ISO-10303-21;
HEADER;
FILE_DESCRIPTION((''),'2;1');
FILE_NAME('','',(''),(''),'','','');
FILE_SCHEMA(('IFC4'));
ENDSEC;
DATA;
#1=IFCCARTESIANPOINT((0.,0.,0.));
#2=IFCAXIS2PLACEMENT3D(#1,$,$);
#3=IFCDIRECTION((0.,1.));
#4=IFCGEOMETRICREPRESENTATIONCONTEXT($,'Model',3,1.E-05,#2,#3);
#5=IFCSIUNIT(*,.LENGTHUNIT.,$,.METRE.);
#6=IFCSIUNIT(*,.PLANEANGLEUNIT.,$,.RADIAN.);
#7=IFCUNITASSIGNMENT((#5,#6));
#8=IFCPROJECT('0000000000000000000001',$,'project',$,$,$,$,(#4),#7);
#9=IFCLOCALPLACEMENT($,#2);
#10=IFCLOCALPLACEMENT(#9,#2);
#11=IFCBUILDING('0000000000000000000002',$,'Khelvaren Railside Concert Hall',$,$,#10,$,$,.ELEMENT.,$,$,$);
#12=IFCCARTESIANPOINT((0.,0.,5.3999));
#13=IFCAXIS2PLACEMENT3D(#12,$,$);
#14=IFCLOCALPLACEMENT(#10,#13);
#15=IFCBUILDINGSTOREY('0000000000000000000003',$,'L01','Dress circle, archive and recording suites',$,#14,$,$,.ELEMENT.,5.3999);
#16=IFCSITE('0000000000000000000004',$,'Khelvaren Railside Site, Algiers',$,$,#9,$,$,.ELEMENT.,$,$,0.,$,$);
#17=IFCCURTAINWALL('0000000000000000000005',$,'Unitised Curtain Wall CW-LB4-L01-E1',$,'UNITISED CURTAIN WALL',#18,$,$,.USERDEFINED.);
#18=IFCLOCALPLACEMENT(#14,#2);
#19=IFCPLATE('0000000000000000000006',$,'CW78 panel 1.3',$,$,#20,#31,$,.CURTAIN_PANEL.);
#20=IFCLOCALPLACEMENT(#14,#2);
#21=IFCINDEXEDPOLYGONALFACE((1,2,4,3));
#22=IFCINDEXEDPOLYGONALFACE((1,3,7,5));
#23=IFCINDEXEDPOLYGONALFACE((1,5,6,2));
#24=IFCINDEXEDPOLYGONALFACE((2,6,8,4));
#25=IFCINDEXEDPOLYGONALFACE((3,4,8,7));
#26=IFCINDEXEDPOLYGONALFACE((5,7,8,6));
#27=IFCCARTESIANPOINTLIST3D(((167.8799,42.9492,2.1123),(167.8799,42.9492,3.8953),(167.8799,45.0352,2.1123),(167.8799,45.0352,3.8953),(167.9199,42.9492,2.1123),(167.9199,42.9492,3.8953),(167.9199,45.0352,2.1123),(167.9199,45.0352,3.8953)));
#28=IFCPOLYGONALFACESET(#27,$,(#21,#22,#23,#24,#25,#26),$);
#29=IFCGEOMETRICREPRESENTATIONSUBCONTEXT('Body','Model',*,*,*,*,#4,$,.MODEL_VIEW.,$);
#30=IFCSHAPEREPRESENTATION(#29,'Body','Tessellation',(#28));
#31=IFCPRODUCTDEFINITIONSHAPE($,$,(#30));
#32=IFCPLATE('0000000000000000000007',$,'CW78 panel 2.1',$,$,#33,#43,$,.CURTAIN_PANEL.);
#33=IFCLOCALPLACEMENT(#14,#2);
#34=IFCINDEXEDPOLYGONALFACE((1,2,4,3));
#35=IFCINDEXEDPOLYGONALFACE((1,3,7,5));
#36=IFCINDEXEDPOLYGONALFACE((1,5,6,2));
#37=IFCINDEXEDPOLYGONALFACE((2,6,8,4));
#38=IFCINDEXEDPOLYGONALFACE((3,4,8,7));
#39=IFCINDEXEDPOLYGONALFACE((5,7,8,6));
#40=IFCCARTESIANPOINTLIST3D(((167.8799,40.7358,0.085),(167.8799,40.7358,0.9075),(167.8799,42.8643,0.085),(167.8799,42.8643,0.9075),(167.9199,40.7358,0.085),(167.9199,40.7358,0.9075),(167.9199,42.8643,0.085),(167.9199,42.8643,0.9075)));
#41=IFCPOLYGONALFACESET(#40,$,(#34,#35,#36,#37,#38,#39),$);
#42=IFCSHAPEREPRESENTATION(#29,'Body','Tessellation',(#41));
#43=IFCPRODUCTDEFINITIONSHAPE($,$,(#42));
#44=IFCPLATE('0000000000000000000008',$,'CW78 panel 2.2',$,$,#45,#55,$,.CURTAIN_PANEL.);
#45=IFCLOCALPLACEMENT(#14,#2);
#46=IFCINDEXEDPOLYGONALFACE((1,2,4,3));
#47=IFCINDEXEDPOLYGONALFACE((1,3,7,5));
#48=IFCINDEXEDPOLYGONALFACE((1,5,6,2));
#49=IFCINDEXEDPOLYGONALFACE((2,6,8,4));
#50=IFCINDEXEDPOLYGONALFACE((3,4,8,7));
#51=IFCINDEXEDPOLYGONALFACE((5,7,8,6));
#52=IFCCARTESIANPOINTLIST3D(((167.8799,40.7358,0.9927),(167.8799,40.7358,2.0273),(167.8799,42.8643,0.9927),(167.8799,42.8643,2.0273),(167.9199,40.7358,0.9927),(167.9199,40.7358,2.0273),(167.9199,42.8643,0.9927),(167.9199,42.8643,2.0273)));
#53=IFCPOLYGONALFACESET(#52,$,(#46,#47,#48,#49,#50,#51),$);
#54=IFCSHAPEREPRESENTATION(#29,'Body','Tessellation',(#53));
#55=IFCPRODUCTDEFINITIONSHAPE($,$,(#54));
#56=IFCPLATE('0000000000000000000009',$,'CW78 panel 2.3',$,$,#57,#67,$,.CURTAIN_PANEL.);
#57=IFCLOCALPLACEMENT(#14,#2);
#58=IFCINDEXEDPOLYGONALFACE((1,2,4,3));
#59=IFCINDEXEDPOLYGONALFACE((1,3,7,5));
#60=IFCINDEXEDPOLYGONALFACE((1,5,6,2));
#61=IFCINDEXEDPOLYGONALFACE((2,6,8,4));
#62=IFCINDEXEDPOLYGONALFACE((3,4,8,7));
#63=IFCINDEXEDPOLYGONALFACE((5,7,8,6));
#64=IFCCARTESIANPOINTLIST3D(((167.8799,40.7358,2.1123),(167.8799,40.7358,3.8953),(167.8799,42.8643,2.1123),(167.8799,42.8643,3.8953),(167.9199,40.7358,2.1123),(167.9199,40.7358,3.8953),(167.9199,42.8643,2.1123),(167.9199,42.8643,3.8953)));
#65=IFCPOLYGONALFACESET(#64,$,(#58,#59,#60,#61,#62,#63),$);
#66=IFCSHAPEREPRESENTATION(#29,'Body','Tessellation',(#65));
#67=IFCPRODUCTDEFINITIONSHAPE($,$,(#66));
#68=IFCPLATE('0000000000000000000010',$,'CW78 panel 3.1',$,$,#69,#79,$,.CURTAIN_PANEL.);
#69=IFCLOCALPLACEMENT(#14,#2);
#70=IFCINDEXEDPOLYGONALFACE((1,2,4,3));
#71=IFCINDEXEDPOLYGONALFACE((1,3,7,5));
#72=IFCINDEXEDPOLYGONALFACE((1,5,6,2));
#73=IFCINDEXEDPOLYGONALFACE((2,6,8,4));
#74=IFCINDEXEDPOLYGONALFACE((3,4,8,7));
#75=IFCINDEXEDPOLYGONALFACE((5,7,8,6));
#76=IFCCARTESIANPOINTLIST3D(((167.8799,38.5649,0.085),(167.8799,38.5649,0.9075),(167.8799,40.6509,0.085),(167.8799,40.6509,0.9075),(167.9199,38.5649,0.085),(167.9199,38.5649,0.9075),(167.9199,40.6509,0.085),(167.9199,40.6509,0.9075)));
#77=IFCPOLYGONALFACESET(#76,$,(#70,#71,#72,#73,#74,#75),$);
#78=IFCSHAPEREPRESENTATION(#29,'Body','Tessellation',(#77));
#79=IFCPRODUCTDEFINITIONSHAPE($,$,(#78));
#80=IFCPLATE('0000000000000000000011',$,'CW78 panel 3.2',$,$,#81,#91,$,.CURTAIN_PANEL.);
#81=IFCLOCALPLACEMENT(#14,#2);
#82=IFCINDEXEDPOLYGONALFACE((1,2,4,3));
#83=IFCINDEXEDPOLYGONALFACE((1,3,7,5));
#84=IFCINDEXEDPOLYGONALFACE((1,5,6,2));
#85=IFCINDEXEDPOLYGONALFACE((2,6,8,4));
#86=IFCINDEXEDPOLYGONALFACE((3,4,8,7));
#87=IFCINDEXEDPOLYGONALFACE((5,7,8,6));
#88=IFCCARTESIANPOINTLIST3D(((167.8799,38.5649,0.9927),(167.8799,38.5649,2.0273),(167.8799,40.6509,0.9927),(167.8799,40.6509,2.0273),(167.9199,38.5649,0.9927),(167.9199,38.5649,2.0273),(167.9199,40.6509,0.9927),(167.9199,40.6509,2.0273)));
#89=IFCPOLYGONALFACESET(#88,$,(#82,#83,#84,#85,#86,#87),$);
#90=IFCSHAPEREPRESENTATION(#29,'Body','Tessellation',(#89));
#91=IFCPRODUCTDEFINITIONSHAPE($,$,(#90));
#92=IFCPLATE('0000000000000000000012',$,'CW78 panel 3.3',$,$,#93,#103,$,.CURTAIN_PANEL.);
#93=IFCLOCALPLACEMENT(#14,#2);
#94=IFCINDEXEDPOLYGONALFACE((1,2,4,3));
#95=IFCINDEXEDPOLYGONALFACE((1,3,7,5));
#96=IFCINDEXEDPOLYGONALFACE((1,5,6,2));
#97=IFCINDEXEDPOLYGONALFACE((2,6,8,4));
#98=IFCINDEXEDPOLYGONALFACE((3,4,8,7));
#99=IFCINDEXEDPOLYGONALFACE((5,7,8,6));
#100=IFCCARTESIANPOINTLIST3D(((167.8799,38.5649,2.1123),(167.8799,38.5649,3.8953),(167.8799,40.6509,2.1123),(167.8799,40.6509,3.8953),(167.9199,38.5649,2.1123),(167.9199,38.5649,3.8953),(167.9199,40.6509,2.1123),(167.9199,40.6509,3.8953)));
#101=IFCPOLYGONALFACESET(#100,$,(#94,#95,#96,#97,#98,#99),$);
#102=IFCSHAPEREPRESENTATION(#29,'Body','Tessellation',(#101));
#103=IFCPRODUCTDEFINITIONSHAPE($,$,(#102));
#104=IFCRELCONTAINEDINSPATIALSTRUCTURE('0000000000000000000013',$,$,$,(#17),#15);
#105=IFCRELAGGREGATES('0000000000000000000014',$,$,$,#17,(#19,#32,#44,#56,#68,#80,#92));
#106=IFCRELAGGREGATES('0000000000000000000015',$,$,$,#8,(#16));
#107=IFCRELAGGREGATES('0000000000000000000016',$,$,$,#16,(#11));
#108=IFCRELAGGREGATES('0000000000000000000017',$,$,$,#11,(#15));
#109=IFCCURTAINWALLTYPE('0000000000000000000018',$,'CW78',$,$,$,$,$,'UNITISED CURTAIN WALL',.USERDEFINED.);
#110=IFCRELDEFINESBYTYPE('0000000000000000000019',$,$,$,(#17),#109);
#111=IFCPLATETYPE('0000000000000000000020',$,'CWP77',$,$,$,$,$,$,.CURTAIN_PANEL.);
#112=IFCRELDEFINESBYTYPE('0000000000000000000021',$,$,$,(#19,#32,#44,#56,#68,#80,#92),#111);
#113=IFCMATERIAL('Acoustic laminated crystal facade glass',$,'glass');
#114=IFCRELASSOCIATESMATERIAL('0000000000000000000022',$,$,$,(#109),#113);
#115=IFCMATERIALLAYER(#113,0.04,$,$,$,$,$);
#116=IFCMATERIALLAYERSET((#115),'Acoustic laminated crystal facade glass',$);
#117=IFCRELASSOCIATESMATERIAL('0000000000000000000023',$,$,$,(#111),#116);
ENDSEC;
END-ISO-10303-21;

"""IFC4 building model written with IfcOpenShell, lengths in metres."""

from ifc_helpers import new_model, si_unit, direction, frame, origin, origin_2d, place, context, subcontext, project, spatial, rectangle, extrude, material, layer, layer_set, type_object, element, aggregate, save


model = new_model("IFC4")

# Units and contexts
model_context = context("Model", 3, precision=1e-05, world=origin(), true_north=direction((0.0, 1.0)))
body_context = subcontext(model_context, "Body", "Model", "MODEL_VIEW")
ifc_project = project(units=[si_unit("LENGTHUNIT", "METRE"), si_unit("PLANEANGLEUNIT", "RADIAN")], contexts=[model_context])

# Site, building, storey
site_placement = place(None, origin())
site = spatial("IfcSite", under=ifc_project, at=site_placement, Name="Khelvaren Railside Site, Algiers", CompositionType="ELEMENT", RefElevation=0.0)
building_placement = place(site_placement, origin())
building = spatial("IfcBuilding", under=site, at=building_placement, Name="Khelvaren Railside Concert Hall", CompositionType="ELEMENT")
storey_placement = place(building_placement, frame((0.0, 0.0, 5.3999)))
storey = spatial("IfcBuildingStorey", under=building, at=storey_placement, Name="L01", Description="Dress circle, archive and recording suites", CompositionType="ELEMENT", Elevation=5.3999)

# Curtain wall
ifc_material_1 = material(Name="Acoustic laminated crystal facade glass", Category="glass")
curtain_wall_type = type_object("IfcCurtainWallType", Name="CW78", ElementType="UNITISED CURTAIN WALL", PredefinedType="USERDEFINED", material=ifc_material_1)
curtain_wall_placement = place(storey_placement, origin())
curtain_wall = element("IfcCurtainWall", 1, at=curtain_wall_placement, inside=storey, type_object=curtain_wall_type, Name="Unitised Curtain Wall CW-LB4-L01-E1", ObjectType="UNITISED CURTAIN WALL", PredefinedType="USERDEFINED")

# Plates
ifc_layer = layer(ifc_material_1, 0.04)
ifc_layer_set = layer_set([ifc_layer], Name="Acoustic laminated crystal facade glass")
plate_type = type_object("IfcPlateType", Name="CWP77", PredefinedType="CURTAIN_PANEL", material=ifc_layer_set)
plate_1_placement = place(storey_placement, frame((167.8999, 43.9922, 2.1123), z_axis=(0.0, 0.0, 1.0), x_axis=(0.0, -1.0, 0.0)))
plate_1 = element("IfcPlate", 2, at=plate_1_placement, type_object=plate_type, Name="CW78 panel 1.3", PredefinedType="CURTAIN_PANEL", context=body_context, shape_type="SweptSolid", body=[
    extrude(rectangle(XDim=2.0859, YDim=0.04, at=origin_2d()), origin(), (0.0, 0.0, 1.0), 1.783),
])
plate_2_placement = place(storey_placement, frame((167.8999, 41.8, 0.085), z_axis=(0.0, 0.0, 1.0), x_axis=(0.0, -1.0, 0.0)))
plate_2 = element("IfcPlate", 3, at=plate_2_placement, type_object=plate_type, Name="CW78 panel 2.1", PredefinedType="CURTAIN_PANEL", context=body_context, shape_type="SweptSolid", body=[
    extrude(rectangle(XDim=2.1284, YDim=0.04, at=origin_2d()), origin(), (0.0, 0.0, 1.0), 0.8225),
])
plate_3_placement = place(storey_placement, frame((167.8999, 41.8, 0.9927), z_axis=(0.0, 0.0, 1.0), x_axis=(0.0, -1.0, 0.0)))
plate_3 = element("IfcPlate", 4, at=plate_3_placement, type_object=plate_type, Name="CW78 panel 2.2", PredefinedType="CURTAIN_PANEL", context=body_context, shape_type="SweptSolid", body=[
    extrude(rectangle(XDim=2.1284, YDim=0.04, at=origin_2d()), origin(), (0.0, 0.0, 1.0), 1.0347),
])
plate_4_placement = place(storey_placement, frame((167.8999, 41.8, 2.1123), z_axis=(0.0, 0.0, 1.0), x_axis=(0.0, -1.0, 0.0)))
plate_4 = element("IfcPlate", 5, at=plate_4_placement, type_object=plate_type, Name="CW78 panel 2.3", PredefinedType="CURTAIN_PANEL", context=body_context, shape_type="SweptSolid", body=[
    extrude(rectangle(XDim=2.1284, YDim=0.04, at=origin_2d()), origin(), (0.0, 0.0, 1.0), 1.783),
])
plate_5_placement = place(storey_placement, frame((167.8999, 39.6079, 0.085), z_axis=(0.0, 0.0, 1.0), x_axis=(0.0, -1.0, 0.0)))
plate_5 = element("IfcPlate", 6, at=plate_5_placement, type_object=plate_type, Name="CW78 panel 3.1", PredefinedType="CURTAIN_PANEL", context=body_context, shape_type="SweptSolid", body=[
    extrude(rectangle(XDim=2.0859, YDim=0.04, at=origin_2d()), origin(), (0.0, 0.0, 1.0), 0.8225),
])
plate_6_placement = place(storey_placement, frame((167.8999, 39.6079, 0.9927), z_axis=(0.0, 0.0, 1.0), x_axis=(0.0, -1.0, 0.0)))
plate_6 = element("IfcPlate", 7, at=plate_6_placement, type_object=plate_type, Name="CW78 panel 3.2", PredefinedType="CURTAIN_PANEL", context=body_context, shape_type="SweptSolid", body=[
    extrude(rectangle(XDim=2.0859, YDim=0.04, at=origin_2d()), origin(), (0.0, 0.0, 1.0), 1.0347),
])
plate_7_placement = place(storey_placement, frame((167.8999, 39.6079, 2.1123), z_axis=(0.0, 0.0, 1.0), x_axis=(0.0, -1.0, 0.0)))
plate_7 = element("IfcPlate", 8, at=plate_7_placement, type_object=plate_type, Name="CW78 panel 3.3", PredefinedType="CURTAIN_PANEL", context=body_context, shape_type="SweptSolid", body=[
    extrude(rectangle(XDim=2.0859, YDim=0.04, at=origin_2d()), origin(), (0.0, 0.0, 1.0), 1.783),
])
aggregate(curtain_wall, [plate_1, plate_2, plate_3, plate_4, plate_5, plate_6, plate_7])

save(model, "model.ifc")
